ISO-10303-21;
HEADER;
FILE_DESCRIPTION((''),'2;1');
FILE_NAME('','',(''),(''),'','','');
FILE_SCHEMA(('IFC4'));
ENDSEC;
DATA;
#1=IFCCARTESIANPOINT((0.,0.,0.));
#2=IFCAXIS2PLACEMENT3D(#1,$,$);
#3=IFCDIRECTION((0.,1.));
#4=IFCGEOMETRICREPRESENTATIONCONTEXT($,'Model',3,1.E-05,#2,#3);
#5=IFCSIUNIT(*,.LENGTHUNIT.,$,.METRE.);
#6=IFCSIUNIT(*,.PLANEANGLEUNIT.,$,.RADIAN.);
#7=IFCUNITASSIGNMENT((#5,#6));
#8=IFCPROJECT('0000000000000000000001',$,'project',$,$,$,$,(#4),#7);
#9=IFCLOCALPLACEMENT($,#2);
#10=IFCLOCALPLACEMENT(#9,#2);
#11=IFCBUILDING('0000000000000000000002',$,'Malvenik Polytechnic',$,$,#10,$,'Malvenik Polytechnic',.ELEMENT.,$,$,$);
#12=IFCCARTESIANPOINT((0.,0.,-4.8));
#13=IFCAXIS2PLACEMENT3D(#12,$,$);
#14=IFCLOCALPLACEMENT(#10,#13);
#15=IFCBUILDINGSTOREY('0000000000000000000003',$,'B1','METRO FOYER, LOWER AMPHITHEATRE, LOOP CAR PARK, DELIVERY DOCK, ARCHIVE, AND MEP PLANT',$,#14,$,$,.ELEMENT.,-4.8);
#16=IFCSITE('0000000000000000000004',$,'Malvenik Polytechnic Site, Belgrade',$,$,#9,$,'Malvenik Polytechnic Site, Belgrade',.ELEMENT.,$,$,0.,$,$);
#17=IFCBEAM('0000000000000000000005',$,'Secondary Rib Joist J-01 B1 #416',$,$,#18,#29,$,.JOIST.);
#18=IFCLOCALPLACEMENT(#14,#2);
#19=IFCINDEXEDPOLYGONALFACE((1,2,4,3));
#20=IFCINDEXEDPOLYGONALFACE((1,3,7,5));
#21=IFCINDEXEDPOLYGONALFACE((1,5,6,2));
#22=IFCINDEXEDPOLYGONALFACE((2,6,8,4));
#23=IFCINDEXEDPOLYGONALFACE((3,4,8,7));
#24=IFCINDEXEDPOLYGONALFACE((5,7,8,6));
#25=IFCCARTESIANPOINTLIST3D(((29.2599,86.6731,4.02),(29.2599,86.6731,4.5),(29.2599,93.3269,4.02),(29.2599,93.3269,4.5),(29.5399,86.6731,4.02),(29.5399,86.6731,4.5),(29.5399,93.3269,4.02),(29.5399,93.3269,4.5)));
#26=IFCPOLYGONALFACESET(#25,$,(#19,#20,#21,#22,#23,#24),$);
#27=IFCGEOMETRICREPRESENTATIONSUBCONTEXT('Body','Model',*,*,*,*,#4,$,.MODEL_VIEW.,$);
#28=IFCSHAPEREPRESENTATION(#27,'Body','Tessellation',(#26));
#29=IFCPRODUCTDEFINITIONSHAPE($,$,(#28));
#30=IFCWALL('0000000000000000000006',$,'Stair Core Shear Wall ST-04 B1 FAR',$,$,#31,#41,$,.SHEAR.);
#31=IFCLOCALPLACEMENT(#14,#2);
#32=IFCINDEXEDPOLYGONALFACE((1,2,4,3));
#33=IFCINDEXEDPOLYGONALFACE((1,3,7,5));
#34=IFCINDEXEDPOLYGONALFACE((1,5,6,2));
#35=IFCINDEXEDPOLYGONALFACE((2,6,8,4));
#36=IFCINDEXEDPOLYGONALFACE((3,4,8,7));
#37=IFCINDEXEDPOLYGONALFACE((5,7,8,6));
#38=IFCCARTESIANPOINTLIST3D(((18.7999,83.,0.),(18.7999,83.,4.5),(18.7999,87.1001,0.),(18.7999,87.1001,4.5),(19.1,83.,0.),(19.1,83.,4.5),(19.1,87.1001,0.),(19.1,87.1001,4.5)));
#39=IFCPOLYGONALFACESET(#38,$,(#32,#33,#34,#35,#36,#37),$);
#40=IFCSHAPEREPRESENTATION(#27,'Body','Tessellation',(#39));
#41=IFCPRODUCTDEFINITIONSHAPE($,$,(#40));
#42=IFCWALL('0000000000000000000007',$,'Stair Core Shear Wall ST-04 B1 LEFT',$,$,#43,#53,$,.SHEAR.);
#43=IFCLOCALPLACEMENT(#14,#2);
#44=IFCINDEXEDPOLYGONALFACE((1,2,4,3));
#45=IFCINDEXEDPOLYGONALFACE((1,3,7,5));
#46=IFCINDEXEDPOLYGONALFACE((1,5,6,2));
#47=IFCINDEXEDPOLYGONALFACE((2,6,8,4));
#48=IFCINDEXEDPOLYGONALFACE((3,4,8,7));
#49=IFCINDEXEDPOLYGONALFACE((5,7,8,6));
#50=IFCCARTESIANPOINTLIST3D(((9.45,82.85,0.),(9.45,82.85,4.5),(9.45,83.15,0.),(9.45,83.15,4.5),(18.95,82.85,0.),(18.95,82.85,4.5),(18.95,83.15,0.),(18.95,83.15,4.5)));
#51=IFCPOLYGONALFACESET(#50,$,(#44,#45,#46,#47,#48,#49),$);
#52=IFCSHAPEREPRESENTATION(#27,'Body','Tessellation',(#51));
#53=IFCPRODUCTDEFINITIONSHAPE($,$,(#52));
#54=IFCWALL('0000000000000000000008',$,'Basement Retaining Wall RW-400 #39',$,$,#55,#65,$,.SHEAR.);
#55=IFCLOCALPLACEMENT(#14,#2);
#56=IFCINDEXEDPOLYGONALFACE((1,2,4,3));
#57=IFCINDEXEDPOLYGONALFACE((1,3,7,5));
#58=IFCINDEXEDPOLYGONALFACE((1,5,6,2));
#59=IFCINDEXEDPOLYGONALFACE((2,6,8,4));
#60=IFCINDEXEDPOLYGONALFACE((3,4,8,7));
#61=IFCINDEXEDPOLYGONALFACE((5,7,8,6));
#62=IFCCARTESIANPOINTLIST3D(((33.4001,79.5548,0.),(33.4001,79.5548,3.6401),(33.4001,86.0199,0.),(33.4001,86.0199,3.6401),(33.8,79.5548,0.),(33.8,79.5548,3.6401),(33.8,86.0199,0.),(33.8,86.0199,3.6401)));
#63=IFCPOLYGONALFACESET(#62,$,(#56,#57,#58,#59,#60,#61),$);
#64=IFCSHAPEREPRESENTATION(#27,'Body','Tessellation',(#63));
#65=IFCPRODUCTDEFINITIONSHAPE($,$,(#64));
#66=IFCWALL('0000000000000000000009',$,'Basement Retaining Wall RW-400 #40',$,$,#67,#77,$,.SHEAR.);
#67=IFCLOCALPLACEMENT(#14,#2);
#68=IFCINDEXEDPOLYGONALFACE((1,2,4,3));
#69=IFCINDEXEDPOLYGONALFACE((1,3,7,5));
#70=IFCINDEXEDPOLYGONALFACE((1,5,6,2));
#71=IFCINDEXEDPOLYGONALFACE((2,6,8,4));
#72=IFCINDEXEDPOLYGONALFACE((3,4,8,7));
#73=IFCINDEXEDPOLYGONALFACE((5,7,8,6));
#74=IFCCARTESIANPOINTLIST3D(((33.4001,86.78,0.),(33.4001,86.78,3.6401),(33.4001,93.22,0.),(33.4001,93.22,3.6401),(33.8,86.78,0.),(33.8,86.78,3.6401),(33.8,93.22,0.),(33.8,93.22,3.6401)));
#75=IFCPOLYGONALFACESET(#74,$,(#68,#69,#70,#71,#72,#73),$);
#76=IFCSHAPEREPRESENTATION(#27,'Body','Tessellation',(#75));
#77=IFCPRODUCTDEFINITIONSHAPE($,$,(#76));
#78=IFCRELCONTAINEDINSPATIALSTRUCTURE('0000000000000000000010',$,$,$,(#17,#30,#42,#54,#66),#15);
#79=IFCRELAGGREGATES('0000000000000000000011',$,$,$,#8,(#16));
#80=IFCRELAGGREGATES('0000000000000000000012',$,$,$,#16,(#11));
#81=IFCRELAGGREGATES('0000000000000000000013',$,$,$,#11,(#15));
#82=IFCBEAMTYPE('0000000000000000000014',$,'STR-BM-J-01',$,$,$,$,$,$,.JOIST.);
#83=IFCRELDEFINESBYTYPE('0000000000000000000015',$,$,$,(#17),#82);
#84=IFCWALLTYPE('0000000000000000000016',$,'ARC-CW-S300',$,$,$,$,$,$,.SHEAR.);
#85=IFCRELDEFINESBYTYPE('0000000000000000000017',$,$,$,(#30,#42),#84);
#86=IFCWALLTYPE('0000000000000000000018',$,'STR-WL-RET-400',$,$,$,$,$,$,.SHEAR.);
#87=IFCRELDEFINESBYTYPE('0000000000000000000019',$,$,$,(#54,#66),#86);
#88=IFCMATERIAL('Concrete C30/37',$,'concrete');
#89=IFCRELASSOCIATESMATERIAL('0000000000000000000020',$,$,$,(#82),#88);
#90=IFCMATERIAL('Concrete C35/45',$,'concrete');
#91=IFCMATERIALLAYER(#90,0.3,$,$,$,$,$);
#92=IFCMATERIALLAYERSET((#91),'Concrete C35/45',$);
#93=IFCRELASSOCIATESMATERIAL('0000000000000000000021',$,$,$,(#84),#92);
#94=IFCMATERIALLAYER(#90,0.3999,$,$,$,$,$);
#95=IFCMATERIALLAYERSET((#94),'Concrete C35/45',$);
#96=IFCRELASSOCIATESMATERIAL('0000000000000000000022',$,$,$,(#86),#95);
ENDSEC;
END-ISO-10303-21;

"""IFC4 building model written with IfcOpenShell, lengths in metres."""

from ifc_helpers import new_model, si_unit, direction, frame, frame_2d, origin, origin_2d, place, context, subcontext, project, spatial, rectangle, extrude, material, layer, layer_set, material_profile, profile_set, type_object, element, save


model = new_model("IFC4")

# Units and contexts
model_context = context("Model", 3, precision=1e-05, world=origin(), true_north=direction((0.0, 1.0)))
body_context = subcontext(model_context, "Body", "Model", "MODEL_VIEW")
ifc_project = project(units=[si_unit("LENGTHUNIT", "METRE"), si_unit("PLANEANGLEUNIT", "RADIAN")], contexts=[model_context])

# Site, building, storey
site_placement = place(None, origin())
site = spatial("IfcSite", under=ifc_project, at=site_placement, Name="Malvenik Polytechnic Site, Belgrade", LongName="Malvenik Polytechnic Site, Belgrade", CompositionType="ELEMENT", RefElevation=0.0)
building_placement = place(site_placement, origin())
building = spatial("IfcBuilding", under=site, at=building_placement, Name="Malvenik Polytechnic", LongName="Malvenik Polytechnic", CompositionType="ELEMENT")
storey_placement = place(building_placement, frame((0.0, 0.0, -4.8)))
storey = spatial("IfcBuildingStorey", under=building, at=storey_placement, Name="B1", Description="METRO FOYER, LOWER AMPHITHEATRE, LOOP CAR PARK, DELIVERY DOCK, ARCHIVE, AND MEP PLANT", CompositionType="ELEMENT", Elevation=-4.8)

# Shared definitions
ifc_material_1 = material(Name="Concrete C35/45", Category="concrete")

# Beam
ifc_material_2 = material(Name="Concrete C30/37", Category="concrete")
ifc_material_profile_1 = material_profile(ifc_material_2, rectangle(XDim=0.28, YDim=0.48, at=origin_2d()), Name="RC JST 280x480")
ifc_profile_set_1 = profile_set([ifc_material_profile_1], Name="Concrete C30/37")
beam_type_1 = type_object("IfcBeamType", Name="STR-BM-J-01", PredefinedType="JOIST", material=ifc_profile_set_1)
beam_1_placement = place(storey_placement, frame((29.3999, 86.6731, 4.26), z_axis=(0.0, 1.0, 0.0), x_axis=(-1.0, 0.0, 0.0)))
element("IfcBeam", 1, at=beam_1_placement, inside=storey, type_object=beam_type_1, Name="Secondary Rib Joist J-01 B1 #416", PredefinedType="JOIST", context=body_context, shape_type="SweptSolid", body=[
    extrude(rectangle(XDim=0.28, YDim=0.48, at=origin_2d()), origin(), (0.0, 0.0, 1.0), 6.6538),
])

# Walls
ifc_layer_1 = layer(ifc_material_1, 0.3)
ifc_layer_set_1 = layer_set([ifc_layer_1], Name="Concrete C35/45")
wall_type_1 = type_object("IfcWallType", Name="ARC-CW-S300", PredefinedType="SHEAR", material=ifc_layer_set_1)
wall_1_placement = place(storey_placement, frame((18.95, 87.1001, 0.0), z_axis=(0.0, 0.0, 1.0), x_axis=(0.0, -1.0, 0.0)))
element("IfcWall", 2, at=wall_1_placement, inside=storey, type_object=wall_type_1, Name="Stair Core Shear Wall ST-04 B1 FAR", PredefinedType="SHEAR", context=body_context, shape_type="SweptSolid", body=[
    extrude(rectangle(XDim=4.1001, YDim=0.3, at=frame_2d((2.05, 0.0))), origin(), (0.0, 0.0, 1.0), 4.5),
])
wall_2_placement = place(storey_placement, frame((18.95, 83.0, 0.0), z_axis=(0.0, 0.0, 1.0), x_axis=(-1.0, 0.0, 0.0)))
element("IfcWall", 3, at=wall_2_placement, inside=storey, type_object=wall_type_1, Name="Stair Core Shear Wall ST-04 B1 LEFT", PredefinedType="SHEAR", context=body_context, shape_type="SweptSolid", body=[
    extrude(rectangle(XDim=9.5, YDim=0.3, at=frame_2d((4.75, 0.0))), origin(), (0.0, 0.0, 1.0), 4.5),
])
ifc_layer_2 = layer(ifc_material_1, 0.3999)
ifc_layer_set_2 = layer_set([ifc_layer_2], Name="Concrete C35/45")
wall_type_2 = type_object("IfcWallType", Name="STR-WL-RET-400", PredefinedType="SHEAR", material=ifc_layer_set_2)
wall_3_placement = place(storey_placement, frame((33.6001, 79.5549, 0.0), z_axis=(0.0, 0.0, 1.0), x_axis=(0.0, 1.0, 0.0)))
element("IfcWall", 4, at=wall_3_placement, inside=storey, type_object=wall_type_2, Name="Basement Retaining Wall RW-400 #39", PredefinedType="SHEAR", context=body_context, shape_type="SweptSolid", body=[
    extrude(rectangle(XDim=6.4651, YDim=0.3999, at=frame_2d((3.2324, 0.0))), origin(), (0.0, 0.0, 1.0), 3.6401),
])
wall_4_placement = place(storey_placement, frame((33.6001, 86.78, 0.0), z_axis=(0.0, 0.0, 1.0), x_axis=(0.0, 1.0, 0.0)))
element("IfcWall", 5, at=wall_4_placement, inside=storey, type_object=wall_type_2, Name="Basement Retaining Wall RW-400 #40", PredefinedType="SHEAR", context=body_context, shape_type="SweptSolid", body=[
    extrude(rectangle(XDim=6.4399, YDim=0.3999, at=frame_2d((3.22, 0.0))), origin(), (0.0, 0.0, 1.0), 3.6401),
])

save(model, "model.ifc")
